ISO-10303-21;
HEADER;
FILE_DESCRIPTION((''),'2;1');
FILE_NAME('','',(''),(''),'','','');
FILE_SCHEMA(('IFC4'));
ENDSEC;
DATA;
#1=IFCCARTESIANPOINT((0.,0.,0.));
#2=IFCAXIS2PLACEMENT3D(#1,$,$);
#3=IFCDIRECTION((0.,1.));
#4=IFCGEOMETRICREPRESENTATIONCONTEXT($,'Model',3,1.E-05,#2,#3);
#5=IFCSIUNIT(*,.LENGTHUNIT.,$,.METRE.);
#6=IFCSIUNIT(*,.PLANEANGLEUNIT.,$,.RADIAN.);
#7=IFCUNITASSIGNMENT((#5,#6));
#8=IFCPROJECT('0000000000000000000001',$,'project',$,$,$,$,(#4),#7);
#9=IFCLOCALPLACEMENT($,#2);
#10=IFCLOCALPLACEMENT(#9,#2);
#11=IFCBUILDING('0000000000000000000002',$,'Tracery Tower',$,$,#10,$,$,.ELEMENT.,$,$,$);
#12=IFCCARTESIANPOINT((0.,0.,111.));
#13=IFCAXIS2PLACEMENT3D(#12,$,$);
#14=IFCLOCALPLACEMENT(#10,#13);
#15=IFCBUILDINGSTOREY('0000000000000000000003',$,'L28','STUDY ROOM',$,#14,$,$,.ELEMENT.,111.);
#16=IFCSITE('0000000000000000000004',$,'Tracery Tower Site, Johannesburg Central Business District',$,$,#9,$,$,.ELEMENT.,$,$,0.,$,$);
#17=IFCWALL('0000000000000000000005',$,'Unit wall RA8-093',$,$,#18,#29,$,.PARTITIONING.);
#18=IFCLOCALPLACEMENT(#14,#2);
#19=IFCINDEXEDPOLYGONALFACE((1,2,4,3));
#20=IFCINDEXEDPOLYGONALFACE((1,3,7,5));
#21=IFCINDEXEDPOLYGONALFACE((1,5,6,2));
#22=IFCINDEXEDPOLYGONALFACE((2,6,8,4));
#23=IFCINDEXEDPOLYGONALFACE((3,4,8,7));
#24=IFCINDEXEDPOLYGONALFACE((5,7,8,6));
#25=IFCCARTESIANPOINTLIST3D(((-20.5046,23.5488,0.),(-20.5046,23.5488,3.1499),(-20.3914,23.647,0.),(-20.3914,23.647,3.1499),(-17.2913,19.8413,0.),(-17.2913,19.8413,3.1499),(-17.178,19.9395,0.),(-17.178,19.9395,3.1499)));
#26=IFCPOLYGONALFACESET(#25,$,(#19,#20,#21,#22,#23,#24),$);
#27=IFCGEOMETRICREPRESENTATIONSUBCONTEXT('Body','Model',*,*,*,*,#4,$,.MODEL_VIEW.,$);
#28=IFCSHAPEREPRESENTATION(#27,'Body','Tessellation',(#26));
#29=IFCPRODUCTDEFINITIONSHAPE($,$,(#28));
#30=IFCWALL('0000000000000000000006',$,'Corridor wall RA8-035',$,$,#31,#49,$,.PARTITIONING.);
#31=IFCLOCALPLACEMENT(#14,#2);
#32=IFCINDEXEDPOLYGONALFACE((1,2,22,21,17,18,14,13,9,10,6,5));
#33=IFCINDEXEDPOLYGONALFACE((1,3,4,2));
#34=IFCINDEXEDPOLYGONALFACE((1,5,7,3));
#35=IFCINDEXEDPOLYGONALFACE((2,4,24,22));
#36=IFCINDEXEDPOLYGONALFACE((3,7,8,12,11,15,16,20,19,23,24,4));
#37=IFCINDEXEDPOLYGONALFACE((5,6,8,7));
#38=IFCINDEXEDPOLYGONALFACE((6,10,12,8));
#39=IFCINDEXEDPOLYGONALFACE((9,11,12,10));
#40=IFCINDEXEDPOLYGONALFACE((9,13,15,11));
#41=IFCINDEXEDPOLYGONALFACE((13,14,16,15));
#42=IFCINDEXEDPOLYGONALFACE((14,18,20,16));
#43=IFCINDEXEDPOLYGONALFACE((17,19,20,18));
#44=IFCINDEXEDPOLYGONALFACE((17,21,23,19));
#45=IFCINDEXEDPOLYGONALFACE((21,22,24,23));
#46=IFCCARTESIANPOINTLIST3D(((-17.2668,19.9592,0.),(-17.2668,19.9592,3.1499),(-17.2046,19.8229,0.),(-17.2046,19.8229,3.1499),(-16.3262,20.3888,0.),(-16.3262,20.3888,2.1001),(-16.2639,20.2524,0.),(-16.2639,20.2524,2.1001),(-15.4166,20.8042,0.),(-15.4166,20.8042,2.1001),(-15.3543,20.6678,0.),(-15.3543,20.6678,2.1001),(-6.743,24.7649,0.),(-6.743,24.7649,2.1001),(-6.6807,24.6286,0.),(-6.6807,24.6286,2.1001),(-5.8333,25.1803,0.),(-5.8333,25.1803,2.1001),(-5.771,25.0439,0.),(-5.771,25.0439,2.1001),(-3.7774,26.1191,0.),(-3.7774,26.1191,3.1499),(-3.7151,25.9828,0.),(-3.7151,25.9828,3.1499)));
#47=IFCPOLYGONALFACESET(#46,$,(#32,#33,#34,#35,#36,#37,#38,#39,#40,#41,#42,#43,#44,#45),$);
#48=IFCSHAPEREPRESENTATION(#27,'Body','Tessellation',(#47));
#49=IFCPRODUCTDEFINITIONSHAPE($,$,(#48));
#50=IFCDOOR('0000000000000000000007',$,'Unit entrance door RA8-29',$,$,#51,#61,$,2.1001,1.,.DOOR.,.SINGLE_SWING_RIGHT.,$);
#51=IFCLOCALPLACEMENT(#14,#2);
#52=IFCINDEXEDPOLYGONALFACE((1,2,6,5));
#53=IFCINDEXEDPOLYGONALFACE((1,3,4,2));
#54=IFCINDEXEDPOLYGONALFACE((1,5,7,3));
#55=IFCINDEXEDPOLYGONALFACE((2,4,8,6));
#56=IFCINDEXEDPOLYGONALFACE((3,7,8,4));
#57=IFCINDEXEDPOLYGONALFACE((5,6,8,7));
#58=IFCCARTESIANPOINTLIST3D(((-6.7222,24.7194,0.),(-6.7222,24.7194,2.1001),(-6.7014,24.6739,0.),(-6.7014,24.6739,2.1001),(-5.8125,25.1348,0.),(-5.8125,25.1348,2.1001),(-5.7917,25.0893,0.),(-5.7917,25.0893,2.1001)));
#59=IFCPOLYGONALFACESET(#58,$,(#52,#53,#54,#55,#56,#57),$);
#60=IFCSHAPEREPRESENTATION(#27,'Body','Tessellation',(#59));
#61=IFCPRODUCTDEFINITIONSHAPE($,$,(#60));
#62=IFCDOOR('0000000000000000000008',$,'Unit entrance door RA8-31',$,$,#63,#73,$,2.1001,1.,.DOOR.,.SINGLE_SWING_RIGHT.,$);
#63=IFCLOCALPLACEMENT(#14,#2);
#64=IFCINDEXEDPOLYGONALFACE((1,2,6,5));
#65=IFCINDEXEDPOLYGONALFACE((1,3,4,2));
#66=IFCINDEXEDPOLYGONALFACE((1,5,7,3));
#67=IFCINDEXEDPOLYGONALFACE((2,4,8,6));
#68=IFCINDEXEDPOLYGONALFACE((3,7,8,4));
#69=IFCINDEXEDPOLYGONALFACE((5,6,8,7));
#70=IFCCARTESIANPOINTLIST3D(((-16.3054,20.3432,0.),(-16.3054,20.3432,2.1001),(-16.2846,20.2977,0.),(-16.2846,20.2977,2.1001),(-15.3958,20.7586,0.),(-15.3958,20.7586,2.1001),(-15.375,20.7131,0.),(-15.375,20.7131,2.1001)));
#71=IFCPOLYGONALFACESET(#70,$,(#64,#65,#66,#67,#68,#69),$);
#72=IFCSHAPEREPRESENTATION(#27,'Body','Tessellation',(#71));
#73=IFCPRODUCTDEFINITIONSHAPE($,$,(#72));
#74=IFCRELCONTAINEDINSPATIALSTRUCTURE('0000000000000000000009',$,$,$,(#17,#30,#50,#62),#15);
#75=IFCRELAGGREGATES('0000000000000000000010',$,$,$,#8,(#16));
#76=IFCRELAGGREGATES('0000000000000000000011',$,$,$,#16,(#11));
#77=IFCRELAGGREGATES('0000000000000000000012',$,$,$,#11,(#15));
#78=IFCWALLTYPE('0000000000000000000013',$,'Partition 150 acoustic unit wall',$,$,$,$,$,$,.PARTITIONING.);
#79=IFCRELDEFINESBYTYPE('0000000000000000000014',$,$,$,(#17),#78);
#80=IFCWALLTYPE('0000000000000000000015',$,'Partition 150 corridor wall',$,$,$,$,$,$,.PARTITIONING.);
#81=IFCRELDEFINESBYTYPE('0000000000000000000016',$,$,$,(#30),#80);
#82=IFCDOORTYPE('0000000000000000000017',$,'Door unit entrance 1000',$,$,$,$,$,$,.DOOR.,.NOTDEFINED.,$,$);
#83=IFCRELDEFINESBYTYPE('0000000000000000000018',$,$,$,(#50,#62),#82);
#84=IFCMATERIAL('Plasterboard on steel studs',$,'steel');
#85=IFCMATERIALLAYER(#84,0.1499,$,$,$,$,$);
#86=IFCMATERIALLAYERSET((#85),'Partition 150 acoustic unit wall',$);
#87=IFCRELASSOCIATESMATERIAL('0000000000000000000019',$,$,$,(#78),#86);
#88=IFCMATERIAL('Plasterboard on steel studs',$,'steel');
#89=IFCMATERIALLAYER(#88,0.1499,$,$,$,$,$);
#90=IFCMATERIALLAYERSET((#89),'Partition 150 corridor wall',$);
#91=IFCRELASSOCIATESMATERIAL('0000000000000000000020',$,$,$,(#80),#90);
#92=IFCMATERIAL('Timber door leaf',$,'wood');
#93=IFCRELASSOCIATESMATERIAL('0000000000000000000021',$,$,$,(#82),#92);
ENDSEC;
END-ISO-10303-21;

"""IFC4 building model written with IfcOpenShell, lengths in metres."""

from ifc_helpers import new_model, si_unit, direction, frame, frame_2d, origin, place, context, subcontext, project, spatial, rectangle, extrude, material, layer, layer_set, type_object, element, fill, save


model = new_model("IFC4")

# Units and contexts
model_context = context("Model", 3, precision=1e-05, world=origin(), true_north=direction((0.0, 1.0)))
body_context = subcontext(model_context, "Body", "Model", "MODEL_VIEW")
ifc_project = project(units=[si_unit("LENGTHUNIT", "METRE"), si_unit("PLANEANGLEUNIT", "RADIAN")], contexts=[model_context])

# Site, building, storey
site_placement = place(None, origin())
site = spatial("IfcSite", under=ifc_project, at=site_placement, Name="Tracery Tower Site, Johannesburg Central Business District", CompositionType="ELEMENT", RefElevation=0.0)
building_placement = place(site_placement, origin())
building = spatial("IfcBuilding", under=site, at=building_placement, Name="Tracery Tower", CompositionType="ELEMENT")
storey_placement = place(building_placement, frame((0.0, 0.0, 111.0)))
storey = spatial("IfcBuildingStorey", under=building, at=storey_placement, Name="L28", Description="STUDY ROOM", CompositionType="ELEMENT", Elevation=111.0)

# Wall
ifc_material_1 = material(Name="Plasterboard on steel studs", Category="steel")
ifc_layer_1 = layer(ifc_material_1, 0.1499)
ifc_layer_set_1 = layer_set([ifc_layer_1], Name="Partition 150 acoustic unit wall")
wall_type_1 = type_object("IfcWallType", Name="Partition 150 acoustic unit wall", PredefinedType="PARTITIONING", material=ifc_layer_set_1)
wall_1_placement = place(storey_placement, frame((-20.448, 23.5979, 0.0), z_axis=(0.0, 0.0, 1.0), x_axis=(0.654953, -0.755669, 0.0)))
element("IfcWall", 1, at=wall_1_placement, inside=storey, type_object=wall_type_1, Name="Unit wall RA8-093", PredefinedType="PARTITIONING", context=body_context, shape_type="SweptSolid", body=[
    extrude(rectangle(XDim=4.9062, YDim=0.1499, at=frame_2d((2.4531, 0.0))), origin(), (0.0, 0.0, 1.0), 3.1499),
])

# Wall, openings, doors
ifc_material_2 = material(Name="Plasterboard on steel studs", Category="steel")
ifc_layer_2 = layer(ifc_material_2, 0.1499)
ifc_layer_set_2 = layer_set([ifc_layer_2], Name="Partition 150 corridor wall")
wall_type_2 = type_object("IfcWallType", Name="Partition 150 corridor wall", PredefinedType="PARTITIONING", material=ifc_layer_set_2)
wall_2_placement = place(storey_placement, frame((-17.2356, 19.8911, 0.0), z_axis=(0.0, 0.0, 1.0), x_axis=(0.909646, 0.415385, 0.0)))
wall_2 = element("IfcWall", 2, at=wall_2_placement, inside=storey, type_object=wall_type_2, Name="Corridor wall RA8-035", PredefinedType="PARTITIONING", context=body_context, shape_type="SweptSolid", body=[
    extrude(rectangle(XDim=14.8293, YDim=0.1499, at=frame_2d((7.4146, 0.0))), origin(), (0.0, 0.0, 1.0), 3.1499),
])
opening_1_placement = place(wall_2_placement, frame((11.5691, 0.0, 0.0)))
opening_1 = element("IfcOpeningElement", 3, at=opening_1_placement, cuts=wall_2, PredefinedType="OPENING", context=body_context, shape_type="SweptSolid", body=[
    extrude(rectangle(XDim=1.0, YDim=2.1001, at=frame_2d((0.5, 1.05))), frame((0.0, 0.075, 0.0), z_axis=(0.0, -1.0, 0.0), x_axis=(1.0, 0.0, 0.0)), (0.0, 0.0, 1.0), 0.1499),
])
opening_2_placement = place(wall_2_placement, frame((1.0339, 0.0, 0.0)))
opening_2 = element("IfcOpeningElement", 4, at=opening_2_placement, cuts=wall_2, PredefinedType="OPENING", context=body_context, shape_type="SweptSolid", body=[
    extrude(rectangle(XDim=1.0, YDim=2.1001, at=frame_2d((0.5, 1.05))), frame((0.0, 0.075, 0.0), z_axis=(0.0, -1.0, 0.0), x_axis=(1.0, 0.0, 0.0)), (0.0, 0.0, 1.0), 0.1499),
])
ifc_material_3 = material(Name="Timber door leaf", Category="wood")
door_type_1 = type_object("IfcDoorType", Name="Door unit entrance 1000", OperationType="NOTDEFINED", PredefinedType="DOOR", material=ifc_material_3)
door_1_placement = place(opening_1_placement, origin())
door_1 = element("IfcDoor", 5, at=door_1_placement, inside=storey, type_object=door_type_1, Name="Unit entrance door RA8-29", OperationType="SINGLE_SWING_RIGHT", OverallHeight=2.1001, OverallWidth=1.0, PredefinedType="DOOR", context=body_context, shape_type="SweptSolid", body=[
    extrude(rectangle(XDim=1.0, YDim=2.1001, at=frame_2d((0.5, 1.05))), frame((0.0, 0.0249, 0.0), z_axis=(0.0, -1.0, 0.0), x_axis=(1.0, 0.0, 0.0)), (0.0, 0.0, 1.0), 0.05),
])
fill(opening_1, door_1)
door_2_placement = place(opening_2_placement, origin())
door_2 = element("IfcDoor", 6, at=door_2_placement, inside=storey, type_object=door_type_1, Name="Unit entrance door RA8-31", OperationType="SINGLE_SWING_RIGHT", OverallHeight=2.1001, OverallWidth=1.0, PredefinedType="DOOR", context=body_context, shape_type="SweptSolid", body=[
    extrude(rectangle(XDim=1.0, YDim=2.1001, at=frame_2d((0.5, 1.05))), frame((0.0, 0.0249, 0.0), z_axis=(0.0, -1.0, 0.0), x_axis=(1.0, 0.0, 0.0)), (0.0, 0.0, 1.0), 0.05),
])
fill(opening_2, door_2)

save(model, "model.ifc")
